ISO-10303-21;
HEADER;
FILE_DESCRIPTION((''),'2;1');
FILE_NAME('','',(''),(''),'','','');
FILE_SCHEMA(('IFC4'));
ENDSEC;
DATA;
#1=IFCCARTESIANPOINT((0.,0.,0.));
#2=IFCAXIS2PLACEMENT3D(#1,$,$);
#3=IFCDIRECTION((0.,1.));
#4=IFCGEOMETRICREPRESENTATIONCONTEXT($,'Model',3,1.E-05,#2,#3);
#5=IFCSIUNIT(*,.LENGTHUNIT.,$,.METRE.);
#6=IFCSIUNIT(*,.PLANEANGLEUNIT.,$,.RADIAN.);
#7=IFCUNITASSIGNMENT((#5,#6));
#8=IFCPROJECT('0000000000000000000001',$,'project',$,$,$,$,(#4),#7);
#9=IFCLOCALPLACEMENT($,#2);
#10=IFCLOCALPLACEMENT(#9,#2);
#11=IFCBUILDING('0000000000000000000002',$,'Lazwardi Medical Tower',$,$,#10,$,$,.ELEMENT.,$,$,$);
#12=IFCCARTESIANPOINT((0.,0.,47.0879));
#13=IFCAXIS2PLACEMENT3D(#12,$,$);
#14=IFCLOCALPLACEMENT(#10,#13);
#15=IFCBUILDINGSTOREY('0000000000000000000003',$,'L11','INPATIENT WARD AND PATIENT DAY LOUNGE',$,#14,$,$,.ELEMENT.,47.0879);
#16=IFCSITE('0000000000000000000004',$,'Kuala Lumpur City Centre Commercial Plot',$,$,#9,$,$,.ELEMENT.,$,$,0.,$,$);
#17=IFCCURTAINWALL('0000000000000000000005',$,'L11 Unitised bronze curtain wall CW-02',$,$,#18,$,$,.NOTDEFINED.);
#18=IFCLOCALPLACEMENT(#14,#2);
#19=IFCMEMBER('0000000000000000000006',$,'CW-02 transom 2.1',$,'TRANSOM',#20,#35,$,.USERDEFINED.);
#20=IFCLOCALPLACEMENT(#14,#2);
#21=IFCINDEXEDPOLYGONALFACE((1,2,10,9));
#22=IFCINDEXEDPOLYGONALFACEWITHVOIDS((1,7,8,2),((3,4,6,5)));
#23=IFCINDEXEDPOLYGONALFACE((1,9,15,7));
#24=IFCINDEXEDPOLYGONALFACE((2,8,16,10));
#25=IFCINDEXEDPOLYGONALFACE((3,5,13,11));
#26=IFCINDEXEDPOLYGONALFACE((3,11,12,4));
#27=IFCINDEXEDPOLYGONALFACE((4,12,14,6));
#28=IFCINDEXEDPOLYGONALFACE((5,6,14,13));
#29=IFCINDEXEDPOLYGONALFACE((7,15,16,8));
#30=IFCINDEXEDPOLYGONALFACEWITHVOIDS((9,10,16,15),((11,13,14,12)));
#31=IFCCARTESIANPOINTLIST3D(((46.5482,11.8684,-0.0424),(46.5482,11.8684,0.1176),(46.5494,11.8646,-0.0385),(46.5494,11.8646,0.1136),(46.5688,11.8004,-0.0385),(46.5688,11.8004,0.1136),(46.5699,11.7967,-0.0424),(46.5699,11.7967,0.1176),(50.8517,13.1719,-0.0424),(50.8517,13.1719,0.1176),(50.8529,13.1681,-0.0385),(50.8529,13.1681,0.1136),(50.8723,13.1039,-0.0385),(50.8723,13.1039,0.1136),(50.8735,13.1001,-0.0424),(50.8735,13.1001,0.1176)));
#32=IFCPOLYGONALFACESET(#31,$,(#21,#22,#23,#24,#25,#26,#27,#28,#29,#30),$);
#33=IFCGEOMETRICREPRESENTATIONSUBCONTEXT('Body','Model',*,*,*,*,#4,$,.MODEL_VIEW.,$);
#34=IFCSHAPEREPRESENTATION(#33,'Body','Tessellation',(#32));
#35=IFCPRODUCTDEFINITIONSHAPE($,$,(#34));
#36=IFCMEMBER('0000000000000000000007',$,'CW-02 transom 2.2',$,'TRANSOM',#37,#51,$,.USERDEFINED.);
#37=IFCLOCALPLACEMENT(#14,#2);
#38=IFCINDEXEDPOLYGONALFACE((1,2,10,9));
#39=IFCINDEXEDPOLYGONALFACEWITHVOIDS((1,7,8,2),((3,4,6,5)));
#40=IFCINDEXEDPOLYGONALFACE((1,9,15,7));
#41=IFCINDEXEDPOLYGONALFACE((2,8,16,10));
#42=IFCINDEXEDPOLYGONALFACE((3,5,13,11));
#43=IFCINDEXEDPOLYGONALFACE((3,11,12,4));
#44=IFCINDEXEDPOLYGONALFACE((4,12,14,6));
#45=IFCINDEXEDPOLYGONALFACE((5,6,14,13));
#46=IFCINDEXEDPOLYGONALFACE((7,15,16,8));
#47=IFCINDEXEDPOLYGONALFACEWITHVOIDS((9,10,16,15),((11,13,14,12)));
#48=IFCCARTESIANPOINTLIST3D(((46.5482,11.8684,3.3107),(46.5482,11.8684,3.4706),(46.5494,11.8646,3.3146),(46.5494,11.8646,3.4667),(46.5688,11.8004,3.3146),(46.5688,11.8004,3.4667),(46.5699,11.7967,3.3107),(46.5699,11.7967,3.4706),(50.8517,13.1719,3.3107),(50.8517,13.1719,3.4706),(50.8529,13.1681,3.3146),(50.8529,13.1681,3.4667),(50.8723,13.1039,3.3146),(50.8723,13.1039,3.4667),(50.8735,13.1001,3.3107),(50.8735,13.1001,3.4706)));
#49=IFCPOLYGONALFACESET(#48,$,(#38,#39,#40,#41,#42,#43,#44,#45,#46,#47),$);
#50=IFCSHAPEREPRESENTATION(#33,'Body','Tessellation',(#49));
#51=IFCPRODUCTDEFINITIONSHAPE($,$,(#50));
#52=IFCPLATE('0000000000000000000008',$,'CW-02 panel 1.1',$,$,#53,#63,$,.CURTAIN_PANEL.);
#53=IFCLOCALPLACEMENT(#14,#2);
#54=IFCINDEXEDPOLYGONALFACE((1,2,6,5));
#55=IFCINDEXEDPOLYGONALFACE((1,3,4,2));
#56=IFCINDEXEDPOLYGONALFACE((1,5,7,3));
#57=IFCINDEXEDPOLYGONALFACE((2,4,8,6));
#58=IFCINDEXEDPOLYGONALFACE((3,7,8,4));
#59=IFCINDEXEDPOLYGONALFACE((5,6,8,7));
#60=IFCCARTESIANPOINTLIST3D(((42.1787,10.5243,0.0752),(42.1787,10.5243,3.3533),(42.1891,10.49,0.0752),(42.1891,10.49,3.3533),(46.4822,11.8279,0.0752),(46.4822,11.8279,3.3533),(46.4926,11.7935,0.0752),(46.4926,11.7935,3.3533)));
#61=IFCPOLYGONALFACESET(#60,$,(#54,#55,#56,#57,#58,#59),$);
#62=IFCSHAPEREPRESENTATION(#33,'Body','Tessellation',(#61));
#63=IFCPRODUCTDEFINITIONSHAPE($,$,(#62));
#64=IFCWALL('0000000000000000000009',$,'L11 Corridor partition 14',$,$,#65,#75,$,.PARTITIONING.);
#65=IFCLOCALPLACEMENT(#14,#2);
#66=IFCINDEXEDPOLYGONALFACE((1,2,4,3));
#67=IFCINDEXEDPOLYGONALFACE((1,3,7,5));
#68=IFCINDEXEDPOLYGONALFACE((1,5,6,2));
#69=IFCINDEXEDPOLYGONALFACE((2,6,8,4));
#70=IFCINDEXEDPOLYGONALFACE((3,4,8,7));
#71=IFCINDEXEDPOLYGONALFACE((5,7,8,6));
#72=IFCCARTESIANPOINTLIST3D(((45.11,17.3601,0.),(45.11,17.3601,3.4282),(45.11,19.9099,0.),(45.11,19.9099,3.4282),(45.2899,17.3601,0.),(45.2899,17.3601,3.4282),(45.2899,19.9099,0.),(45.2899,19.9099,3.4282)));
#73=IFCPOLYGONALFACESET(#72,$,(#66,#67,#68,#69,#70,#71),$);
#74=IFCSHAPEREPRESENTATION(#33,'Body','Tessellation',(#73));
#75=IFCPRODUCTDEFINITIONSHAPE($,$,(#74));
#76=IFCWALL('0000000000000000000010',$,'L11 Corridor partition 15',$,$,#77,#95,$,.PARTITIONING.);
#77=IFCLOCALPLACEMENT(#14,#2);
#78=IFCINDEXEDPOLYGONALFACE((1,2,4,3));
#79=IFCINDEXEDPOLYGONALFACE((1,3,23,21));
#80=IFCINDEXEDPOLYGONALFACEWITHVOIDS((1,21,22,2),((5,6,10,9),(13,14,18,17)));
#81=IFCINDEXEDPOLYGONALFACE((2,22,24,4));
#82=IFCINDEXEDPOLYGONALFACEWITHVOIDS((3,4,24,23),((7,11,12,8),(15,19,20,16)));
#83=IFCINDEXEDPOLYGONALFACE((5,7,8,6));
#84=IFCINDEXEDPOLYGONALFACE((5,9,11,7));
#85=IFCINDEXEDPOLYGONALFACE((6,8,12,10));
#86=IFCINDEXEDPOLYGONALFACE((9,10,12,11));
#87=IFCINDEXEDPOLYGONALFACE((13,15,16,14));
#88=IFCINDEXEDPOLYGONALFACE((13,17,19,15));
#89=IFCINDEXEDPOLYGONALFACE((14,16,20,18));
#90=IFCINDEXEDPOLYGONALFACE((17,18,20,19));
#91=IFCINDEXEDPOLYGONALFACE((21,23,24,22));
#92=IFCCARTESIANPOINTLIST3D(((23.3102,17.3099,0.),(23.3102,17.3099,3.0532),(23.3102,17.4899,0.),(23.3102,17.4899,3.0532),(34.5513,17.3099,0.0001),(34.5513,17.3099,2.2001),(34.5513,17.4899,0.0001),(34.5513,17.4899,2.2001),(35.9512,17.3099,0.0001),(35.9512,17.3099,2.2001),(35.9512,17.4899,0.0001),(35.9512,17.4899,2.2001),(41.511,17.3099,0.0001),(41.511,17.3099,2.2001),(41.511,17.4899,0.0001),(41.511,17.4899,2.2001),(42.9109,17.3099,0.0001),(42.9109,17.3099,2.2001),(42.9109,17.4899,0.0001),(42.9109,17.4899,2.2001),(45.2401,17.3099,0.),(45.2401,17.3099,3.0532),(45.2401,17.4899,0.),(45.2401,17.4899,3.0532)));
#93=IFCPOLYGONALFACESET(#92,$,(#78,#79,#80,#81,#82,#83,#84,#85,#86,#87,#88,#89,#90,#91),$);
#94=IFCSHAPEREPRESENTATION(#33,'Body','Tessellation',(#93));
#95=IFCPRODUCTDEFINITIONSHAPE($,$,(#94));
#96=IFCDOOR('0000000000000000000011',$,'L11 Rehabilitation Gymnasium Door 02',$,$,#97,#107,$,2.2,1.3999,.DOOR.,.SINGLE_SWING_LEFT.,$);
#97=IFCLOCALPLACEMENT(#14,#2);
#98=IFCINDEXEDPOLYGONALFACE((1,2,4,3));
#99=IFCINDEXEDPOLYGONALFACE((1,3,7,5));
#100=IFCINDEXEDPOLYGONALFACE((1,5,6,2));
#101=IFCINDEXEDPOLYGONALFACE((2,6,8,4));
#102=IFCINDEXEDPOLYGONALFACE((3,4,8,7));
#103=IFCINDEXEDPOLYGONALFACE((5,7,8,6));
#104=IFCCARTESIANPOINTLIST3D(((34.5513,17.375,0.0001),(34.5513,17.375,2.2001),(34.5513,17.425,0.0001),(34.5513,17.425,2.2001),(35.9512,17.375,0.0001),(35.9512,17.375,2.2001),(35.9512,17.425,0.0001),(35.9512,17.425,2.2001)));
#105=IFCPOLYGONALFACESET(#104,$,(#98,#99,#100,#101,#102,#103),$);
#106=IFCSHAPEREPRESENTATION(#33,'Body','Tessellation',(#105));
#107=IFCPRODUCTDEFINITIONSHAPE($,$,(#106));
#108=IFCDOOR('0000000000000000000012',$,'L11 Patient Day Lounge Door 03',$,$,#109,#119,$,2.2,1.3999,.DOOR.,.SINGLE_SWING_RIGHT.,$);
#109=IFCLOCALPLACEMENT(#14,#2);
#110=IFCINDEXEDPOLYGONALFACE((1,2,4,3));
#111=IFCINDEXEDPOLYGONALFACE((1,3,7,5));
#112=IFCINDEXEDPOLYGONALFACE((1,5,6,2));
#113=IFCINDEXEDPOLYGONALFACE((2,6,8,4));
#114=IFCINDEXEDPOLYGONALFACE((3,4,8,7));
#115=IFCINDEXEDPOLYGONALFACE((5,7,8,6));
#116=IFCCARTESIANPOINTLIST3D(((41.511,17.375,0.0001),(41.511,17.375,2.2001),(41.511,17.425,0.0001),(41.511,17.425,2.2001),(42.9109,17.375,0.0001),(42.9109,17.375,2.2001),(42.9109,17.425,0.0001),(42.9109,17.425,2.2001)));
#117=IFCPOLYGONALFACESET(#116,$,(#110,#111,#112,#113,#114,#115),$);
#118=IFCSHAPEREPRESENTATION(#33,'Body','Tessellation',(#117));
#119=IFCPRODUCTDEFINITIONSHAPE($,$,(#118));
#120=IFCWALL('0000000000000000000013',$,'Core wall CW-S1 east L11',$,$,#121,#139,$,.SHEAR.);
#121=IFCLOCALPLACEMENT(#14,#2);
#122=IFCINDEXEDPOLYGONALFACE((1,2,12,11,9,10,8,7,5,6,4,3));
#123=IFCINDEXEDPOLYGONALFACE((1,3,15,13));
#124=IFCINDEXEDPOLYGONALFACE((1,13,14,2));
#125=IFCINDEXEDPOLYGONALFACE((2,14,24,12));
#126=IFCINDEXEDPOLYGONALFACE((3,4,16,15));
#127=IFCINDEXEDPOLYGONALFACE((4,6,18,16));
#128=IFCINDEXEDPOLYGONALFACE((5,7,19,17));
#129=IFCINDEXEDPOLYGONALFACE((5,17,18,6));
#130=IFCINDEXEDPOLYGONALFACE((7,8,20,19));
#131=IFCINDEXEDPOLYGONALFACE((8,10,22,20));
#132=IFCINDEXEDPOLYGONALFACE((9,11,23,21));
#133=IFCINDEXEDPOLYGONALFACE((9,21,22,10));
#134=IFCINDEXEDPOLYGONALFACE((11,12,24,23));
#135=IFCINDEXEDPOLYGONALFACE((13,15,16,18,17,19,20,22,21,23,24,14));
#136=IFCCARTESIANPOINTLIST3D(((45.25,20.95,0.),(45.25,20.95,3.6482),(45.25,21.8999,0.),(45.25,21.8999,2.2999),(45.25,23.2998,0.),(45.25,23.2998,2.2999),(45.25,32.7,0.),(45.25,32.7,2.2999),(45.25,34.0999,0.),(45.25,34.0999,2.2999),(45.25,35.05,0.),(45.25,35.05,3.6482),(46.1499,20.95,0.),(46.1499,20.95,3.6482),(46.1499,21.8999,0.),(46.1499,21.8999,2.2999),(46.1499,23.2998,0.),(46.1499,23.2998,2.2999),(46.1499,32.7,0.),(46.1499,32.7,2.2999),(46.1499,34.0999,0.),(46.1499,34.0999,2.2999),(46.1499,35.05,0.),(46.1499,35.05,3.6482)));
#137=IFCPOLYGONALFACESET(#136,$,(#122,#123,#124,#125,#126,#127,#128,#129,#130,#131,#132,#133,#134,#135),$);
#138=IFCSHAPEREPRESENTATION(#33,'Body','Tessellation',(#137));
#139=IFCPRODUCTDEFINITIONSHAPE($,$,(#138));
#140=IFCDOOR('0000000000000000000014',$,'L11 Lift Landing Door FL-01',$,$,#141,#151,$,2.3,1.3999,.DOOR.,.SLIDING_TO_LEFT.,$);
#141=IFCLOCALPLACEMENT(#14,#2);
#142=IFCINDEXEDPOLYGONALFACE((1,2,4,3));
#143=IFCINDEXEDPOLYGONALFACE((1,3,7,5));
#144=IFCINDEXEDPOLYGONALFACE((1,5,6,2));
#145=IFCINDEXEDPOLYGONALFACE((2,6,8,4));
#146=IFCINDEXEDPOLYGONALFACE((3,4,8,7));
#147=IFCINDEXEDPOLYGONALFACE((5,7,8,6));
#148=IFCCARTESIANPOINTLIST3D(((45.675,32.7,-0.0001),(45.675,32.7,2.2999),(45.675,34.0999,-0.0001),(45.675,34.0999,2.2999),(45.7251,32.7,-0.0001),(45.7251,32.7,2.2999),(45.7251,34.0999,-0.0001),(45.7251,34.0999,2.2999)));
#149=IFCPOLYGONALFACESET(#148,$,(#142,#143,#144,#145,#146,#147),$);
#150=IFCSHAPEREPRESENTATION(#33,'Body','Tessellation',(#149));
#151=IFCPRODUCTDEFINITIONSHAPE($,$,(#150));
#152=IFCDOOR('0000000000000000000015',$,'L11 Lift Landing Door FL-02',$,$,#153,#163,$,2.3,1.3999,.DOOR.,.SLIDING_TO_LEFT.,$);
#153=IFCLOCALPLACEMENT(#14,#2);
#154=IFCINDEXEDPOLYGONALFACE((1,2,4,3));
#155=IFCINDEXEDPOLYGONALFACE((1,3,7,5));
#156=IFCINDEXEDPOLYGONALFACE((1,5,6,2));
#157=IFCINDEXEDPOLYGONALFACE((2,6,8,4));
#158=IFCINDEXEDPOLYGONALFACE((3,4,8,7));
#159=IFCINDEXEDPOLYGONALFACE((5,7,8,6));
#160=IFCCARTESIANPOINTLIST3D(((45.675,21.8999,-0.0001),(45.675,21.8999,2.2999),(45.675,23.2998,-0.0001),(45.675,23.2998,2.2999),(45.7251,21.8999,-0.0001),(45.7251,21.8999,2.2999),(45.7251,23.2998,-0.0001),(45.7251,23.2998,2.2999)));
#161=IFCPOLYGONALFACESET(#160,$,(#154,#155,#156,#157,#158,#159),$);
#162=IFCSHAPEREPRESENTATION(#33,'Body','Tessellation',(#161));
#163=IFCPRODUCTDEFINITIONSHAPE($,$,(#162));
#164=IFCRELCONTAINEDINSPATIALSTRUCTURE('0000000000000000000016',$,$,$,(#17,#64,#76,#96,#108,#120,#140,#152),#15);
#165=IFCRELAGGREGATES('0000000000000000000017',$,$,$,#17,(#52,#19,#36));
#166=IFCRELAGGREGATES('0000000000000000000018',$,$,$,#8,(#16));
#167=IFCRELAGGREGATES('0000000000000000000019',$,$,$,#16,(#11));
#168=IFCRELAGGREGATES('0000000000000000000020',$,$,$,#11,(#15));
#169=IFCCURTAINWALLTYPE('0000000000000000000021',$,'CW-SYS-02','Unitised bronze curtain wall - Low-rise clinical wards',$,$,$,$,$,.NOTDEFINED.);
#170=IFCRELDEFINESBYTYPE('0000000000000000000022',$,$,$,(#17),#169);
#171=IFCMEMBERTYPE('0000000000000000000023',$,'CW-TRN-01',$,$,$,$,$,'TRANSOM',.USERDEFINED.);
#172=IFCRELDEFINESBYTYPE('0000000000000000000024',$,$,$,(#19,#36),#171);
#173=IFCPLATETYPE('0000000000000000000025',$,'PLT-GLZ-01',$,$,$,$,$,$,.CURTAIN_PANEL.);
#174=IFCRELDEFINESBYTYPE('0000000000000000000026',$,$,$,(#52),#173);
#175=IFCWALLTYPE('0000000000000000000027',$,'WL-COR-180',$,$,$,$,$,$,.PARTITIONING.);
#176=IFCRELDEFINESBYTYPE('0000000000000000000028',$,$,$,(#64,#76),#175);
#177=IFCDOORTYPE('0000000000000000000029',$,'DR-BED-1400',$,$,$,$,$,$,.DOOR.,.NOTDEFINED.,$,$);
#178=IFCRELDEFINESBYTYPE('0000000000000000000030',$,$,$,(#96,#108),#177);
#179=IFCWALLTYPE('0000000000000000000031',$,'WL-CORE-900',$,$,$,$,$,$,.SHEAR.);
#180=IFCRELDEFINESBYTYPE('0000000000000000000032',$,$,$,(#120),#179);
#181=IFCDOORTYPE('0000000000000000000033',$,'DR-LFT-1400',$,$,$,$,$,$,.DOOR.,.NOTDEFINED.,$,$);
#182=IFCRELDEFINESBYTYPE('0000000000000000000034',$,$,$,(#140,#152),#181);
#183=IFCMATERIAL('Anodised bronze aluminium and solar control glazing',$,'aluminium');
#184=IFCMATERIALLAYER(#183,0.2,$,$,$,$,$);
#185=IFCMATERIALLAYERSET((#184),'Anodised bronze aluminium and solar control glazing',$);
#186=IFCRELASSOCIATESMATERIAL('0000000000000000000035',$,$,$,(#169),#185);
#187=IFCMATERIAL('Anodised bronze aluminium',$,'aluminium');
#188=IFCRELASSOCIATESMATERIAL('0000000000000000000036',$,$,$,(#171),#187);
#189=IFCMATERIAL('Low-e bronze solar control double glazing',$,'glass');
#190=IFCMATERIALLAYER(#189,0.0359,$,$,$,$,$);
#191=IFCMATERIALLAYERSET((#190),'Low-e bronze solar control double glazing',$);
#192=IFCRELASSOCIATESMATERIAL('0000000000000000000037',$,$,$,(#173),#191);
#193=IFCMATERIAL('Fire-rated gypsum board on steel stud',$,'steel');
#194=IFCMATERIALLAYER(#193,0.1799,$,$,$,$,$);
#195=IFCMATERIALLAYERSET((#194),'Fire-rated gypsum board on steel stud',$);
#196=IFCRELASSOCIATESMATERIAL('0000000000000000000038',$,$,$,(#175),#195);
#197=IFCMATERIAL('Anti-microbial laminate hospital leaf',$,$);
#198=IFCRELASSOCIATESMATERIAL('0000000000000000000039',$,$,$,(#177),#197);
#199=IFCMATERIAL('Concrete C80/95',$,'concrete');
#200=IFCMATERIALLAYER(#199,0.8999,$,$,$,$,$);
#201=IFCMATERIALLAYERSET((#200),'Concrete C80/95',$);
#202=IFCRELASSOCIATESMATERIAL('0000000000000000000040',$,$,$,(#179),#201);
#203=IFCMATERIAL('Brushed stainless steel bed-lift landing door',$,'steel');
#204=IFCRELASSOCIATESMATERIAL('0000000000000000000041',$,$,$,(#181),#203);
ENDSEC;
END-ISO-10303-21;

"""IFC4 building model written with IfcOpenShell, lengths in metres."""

from ifc_helpers import new_model, si_unit, direction, frame, frame_2d, origin, origin_2d, place, context, subcontext, project, spatial, rectangle, hollow_rectangle, extrude, material, layer, layer_set, material_profile, profile_set, type_object, element, fill, aggregate, save


model = new_model("IFC4")

# Units and contexts
model_context = context("Model", 3, precision=1e-05, world=origin(), true_north=direction((0.0, 1.0)))
body_context = subcontext(model_context, "Body", "Model", "MODEL_VIEW")
ifc_project = project(units=[si_unit("LENGTHUNIT", "METRE"), si_unit("PLANEANGLEUNIT", "RADIAN")], contexts=[model_context])

# Site, building, storey
site_placement = place(None, origin())
site = spatial("IfcSite", under=ifc_project, at=site_placement, Name="Kuala Lumpur City Centre Commercial Plot", CompositionType="ELEMENT", RefElevation=0.0)
building_placement = place(site_placement, origin())
building = spatial("IfcBuilding", under=site, at=building_placement, Name="Lazwardi Medical Tower", CompositionType="ELEMENT")
storey_placement = place(building_placement, frame((0.0, 0.0, 47.0879)))
storey = spatial("IfcBuildingStorey", under=building, at=storey_placement, Name="L11", Description="INPATIENT WARD AND PATIENT DAY LOUNGE", CompositionType="ELEMENT", Elevation=47.0879)

# Shared definitions
ifc_material_1 = material(Name="Concrete C80/95", Category="concrete")

# Curtain wall, members, plate
ifc_material_2 = material(Name="Anodised bronze aluminium and solar control glazing", Category="aluminium")
ifc_layer_1 = layer(ifc_material_2, 0.2)
ifc_layer_set_1 = layer_set([ifc_layer_1], Name="Anodised bronze aluminium and solar control glazing")
curtain_wall_type = type_object("IfcCurtainWallType", Name="CW-SYS-02", Description="Unitised bronze curtain wall - Low-rise clinical wards", PredefinedType="NOTDEFINED", material=ifc_layer_set_1)
curtain_wall_placement = place(storey_placement, origin())
curtain_wall = element("IfcCurtainWall", 1, at=curtain_wall_placement, inside=storey, type_object=curtain_wall_type, Name="L11 Unitised bronze curtain wall CW-02", PredefinedType="NOTDEFINED")
ifc_material_3 = material(Name="Anodised bronze aluminium", Category="aluminium")
ifc_material_profile_1 = material_profile(ifc_material_3, hollow_rectangle(XDim=0.075, YDim=0.1599, WallThickness=0.0039, at=origin_2d()), Name="ALU-TRANSOM 160x75x4")
ifc_profile_set_1 = profile_set([ifc_material_profile_1], Name="Anodised bronze aluminium")
member_type_1 = type_object("IfcMemberType", Name="CW-TRN-01", ElementType="TRANSOM", PredefinedType="USERDEFINED", material=ifc_profile_set_1)
member_1_placement = place(storey_placement, frame((46.5591, 11.8325, 0.0376), z_axis=(0.957062, 0.289882, 0.0), x_axis=(-0.289882, 0.957062, 0.0)))
member_1 = element("IfcMember", 2, at=member_1_placement, type_object=member_type_1, Name="CW-02 transom 2.1", ObjectType="TRANSOM", PredefinedType="USERDEFINED", context=body_context, shape_type="SweptSolid", body=[
    extrude(hollow_rectangle(XDim=0.075, YDim=0.1599, WallThickness=0.0039, at=origin_2d()), origin(), (0.0, 0.0, 1.0), 4.4966),
])
member_2_placement = place(storey_placement, frame((46.5591, 11.8325, 3.3906), z_axis=(0.957062, 0.289882, 0.0), x_axis=(-0.289882, 0.957062, 0.0)))
member_2 = element("IfcMember", 3, at=member_2_placement, type_object=member_type_1, Name="CW-02 transom 2.2", ObjectType="TRANSOM", PredefinedType="USERDEFINED", context=body_context, shape_type="SweptSolid", body=[
    extrude(hollow_rectangle(XDim=0.075, YDim=0.1599, WallThickness=0.0039, at=origin_2d()), origin(), (0.0, 0.0, 1.0), 4.4966),
])
ifc_material_4 = material(Name="Low-e bronze solar control double glazing", Category="glass")
ifc_layer_2 = layer(ifc_material_4, 0.0359)
ifc_layer_set_2 = layer_set([ifc_layer_2], Name="Low-e bronze solar control double glazing")
plate_type = type_object("IfcPlateType", Name="PLT-GLZ-01", PredefinedType="CURTAIN_PANEL", material=ifc_layer_set_2)
plate_placement = place(storey_placement, frame((44.3357, 11.1589, 0.0752), z_axis=(0.0, 0.0, 1.0), x_axis=(0.957058, 0.289896, 0.0)))
plate = element("IfcPlate", 4, at=plate_placement, type_object=plate_type, Name="CW-02 panel 1.1", PredefinedType="CURTAIN_PANEL", context=body_context, shape_type="SweptSolid", body=[
    extrude(rectangle(XDim=4.4966, YDim=0.0359, at=origin_2d()), origin(), (0.0, 0.0, 1.0), 3.2781),
])
aggregate(curtain_wall, [plate, member_1, member_2])

# Wall
ifc_material_5 = material(Name="Fire-rated gypsum board on steel stud", Category="steel")
ifc_layer_3 = layer(ifc_material_5, 0.1799)
ifc_layer_set_3 = layer_set([ifc_layer_3], Name="Fire-rated gypsum board on steel stud")
wall_type_1 = type_object("IfcWallType", Name="WL-COR-180", PredefinedType="PARTITIONING", material=ifc_layer_set_3)
wall_1_placement = place(storey_placement, frame((45.2, 19.9099, 0.0), z_axis=(0.0, 0.0, 1.0), x_axis=(0.0, -1.0, 0.0)))
element("IfcWall", 5, at=wall_1_placement, inside=storey, type_object=wall_type_1, Name="L11 Corridor partition 14", PredefinedType="PARTITIONING", context=body_context, shape_type="SweptSolid", body=[
    extrude(rectangle(XDim=2.5498, YDim=0.1799, at=frame_2d((1.2749, 0.0))), origin(), (0.0, 0.0, 1.0), 3.4282),
])

# Walls, openings, doors
wall_2_placement = place(storey_placement, frame((45.24, 17.3999, 0.0), z_axis=(0.0, 0.0, 1.0), x_axis=(-1.0, 0.0, 0.0)))
wall_2 = element("IfcWall", 6, at=wall_2_placement, inside=storey, type_object=wall_type_1, Name="L11 Corridor partition 15", PredefinedType="PARTITIONING", context=body_context, shape_type="SweptSolid", body=[
    extrude(rectangle(XDim=21.9299, YDim=0.1799, at=frame_2d((10.9648, 0.0))), origin(), (0.0, 0.0, 1.0), 3.0532),
])
opening_1_placement = place(wall_2_placement, frame((9.2888, 0.0, 0.0)))
opening_1 = element("IfcOpeningElement", 7, at=opening_1_placement, cuts=wall_2, PredefinedType="OPENING", context=body_context, shape_type="SweptSolid", body=[
    extrude(rectangle(XDim=1.3999, YDim=2.2, at=frame_2d((0.7, 1.1001))), frame((0.0, 0.0999, 0.0), z_axis=(0.0, -1.0, 0.0), x_axis=(1.0, 0.0, 0.0)), (0.0, 0.0, 1.0), 0.2),
])
opening_2_placement = place(wall_2_placement, frame((2.3291, 0.0, 0.0)))
opening_2 = element("IfcOpeningElement", 8, at=opening_2_placement, cuts=wall_2, PredefinedType="OPENING", context=body_context, shape_type="SweptSolid", body=[
    extrude(rectangle(XDim=1.3999, YDim=2.2, at=frame_2d((0.7, 1.1001))), frame((0.0, 0.0999, 0.0), z_axis=(0.0, -1.0, 0.0), x_axis=(1.0, 0.0, 0.0)), (0.0, 0.0, 1.0), 0.2),
])
ifc_material_6 = material(Name="Anti-microbial laminate hospital leaf")
door_type_1 = type_object("IfcDoorType", Name="DR-BED-1400", OperationType="NOTDEFINED", PredefinedType="DOOR", material=ifc_material_6)
door_1_placement = place(opening_1_placement, origin())
door_1 = element("IfcDoor", 9, at=door_1_placement, inside=storey, type_object=door_type_1, Name="L11 Rehabilitation Gymnasium Door 02", OperationType="SINGLE_SWING_LEFT", OverallHeight=2.2, OverallWidth=1.3999, PredefinedType="DOOR", context=body_context, shape_type="SweptSolid", body=[
    extrude(rectangle(XDim=1.3999, YDim=2.2, at=frame_2d((0.7, 1.1001))), frame((0.0, 0.0249, 0.0), z_axis=(0.0, -1.0, 0.0), x_axis=(1.0, 0.0, 0.0)), (0.0, 0.0, 1.0), 0.05),
])
fill(opening_1, door_1)
door_2_placement = place(opening_2_placement, origin())
door_2 = element("IfcDoor", 10, at=door_2_placement, inside=storey, type_object=door_type_1, Name="L11 Patient Day Lounge Door 03", OperationType="SINGLE_SWING_RIGHT", OverallHeight=2.2, OverallWidth=1.3999, PredefinedType="DOOR", context=body_context, shape_type="SweptSolid", body=[
    extrude(rectangle(XDim=1.3999, YDim=2.2, at=frame_2d((0.7, 1.1001))), frame((0.0, 0.0249, 0.0), z_axis=(0.0, -1.0, 0.0), x_axis=(1.0, 0.0, 0.0)), (0.0, 0.0, 1.0), 0.05),
])
fill(opening_2, door_2)
ifc_layer_4 = layer(ifc_material_1, 0.8999)
ifc_layer_set_4 = layer_set([ifc_layer_4], Name="Concrete C80/95")
wall_type_2 = type_object("IfcWallType", Name="WL-CORE-900", PredefinedType="SHEAR", material=ifc_layer_set_4)
wall_3_placement = place(storey_placement, frame((45.7, 20.95, 0.0), z_axis=(0.0, 0.0, 1.0), x_axis=(0.0, 1.0, 0.0)))
wall_3 = element("IfcWall", 11, at=wall_3_placement, inside=storey, type_object=wall_type_2, Name="Core wall CW-S1 east L11", PredefinedType="SHEAR", context=body_context, shape_type="SweptSolid", body=[
    extrude(rectangle(XDim=14.1001, YDim=0.8999, at=frame_2d((7.05, 0.0))), origin(), (0.0, 0.0, 1.0), 3.6482),
])
opening_3_placement = place(wall_3_placement, frame((11.75, 0.0, 0.0)))
opening_3 = element("IfcOpeningElement", 12, at=opening_3_placement, cuts=wall_3, PredefinedType="OPENING", context=body_context, shape_type="SweptSolid", body=[
    extrude(rectangle(XDim=1.3999, YDim=2.3, at=frame_2d((0.7, 1.1499))), frame((0.0, 0.46, 0.0), z_axis=(0.0, -1.0, 0.0), x_axis=(1.0, 0.0, 0.0)), (0.0, 0.0, 1.0), 0.9199),
])
opening_4_placement = place(wall_3_placement, frame((0.95, 0.0, 0.0)))
opening_4 = element("IfcOpeningElement", 13, at=opening_4_placement, cuts=wall_3, PredefinedType="OPENING", context=body_context, shape_type="SweptSolid", body=[
    extrude(rectangle(XDim=1.3999, YDim=2.3, at=frame_2d((0.7, 1.1499))), frame((0.0, 0.46, 0.0), z_axis=(0.0, -1.0, 0.0), x_axis=(1.0, 0.0, 0.0)), (0.0, 0.0, 1.0), 0.9199),
])
ifc_material_7 = material(Name="Brushed stainless steel bed-lift landing door", Category="steel")
door_type_2 = type_object("IfcDoorType", Name="DR-LFT-1400", OperationType="NOTDEFINED", PredefinedType="DOOR", material=ifc_material_7)
door_3_placement = place(opening_3_placement, origin())
door_3 = element("IfcDoor", 14, at=door_3_placement, inside=storey, type_object=door_type_2, Name="L11 Lift Landing Door FL-01", OperationType="SLIDING_TO_LEFT", OverallHeight=2.3, OverallWidth=1.3999, PredefinedType="DOOR", context=body_context, shape_type="SweptSolid", body=[
    extrude(rectangle(XDim=1.3999, YDim=2.3, at=frame_2d((0.7, 1.1499))), frame((0.0, 0.0249, 0.0), z_axis=(0.0, -1.0, 0.0), x_axis=(1.0, 0.0, 0.0)), (0.0, 0.0, 1.0), 0.05),
])
fill(opening_3, door_3)
door_4_placement = place(opening_4_placement, origin())
door_4 = element("IfcDoor", 15, at=door_4_placement, inside=storey, type_object=door_type_2, Name="L11 Lift Landing Door FL-02", OperationType="SLIDING_TO_LEFT", OverallHeight=2.3, OverallWidth=1.3999, PredefinedType="DOOR", context=body_context, shape_type="SweptSolid", body=[
    extrude(rectangle(XDim=1.3999, YDim=2.3, at=frame_2d((0.7, 1.1499))), frame((0.0, 0.0249, 0.0), z_axis=(0.0, -1.0, 0.0), x_axis=(1.0, 0.0, 0.0)), (0.0, 0.0, 1.0), 0.05),
])
fill(opening_4, door_4)

save(model, "model.ifc")
